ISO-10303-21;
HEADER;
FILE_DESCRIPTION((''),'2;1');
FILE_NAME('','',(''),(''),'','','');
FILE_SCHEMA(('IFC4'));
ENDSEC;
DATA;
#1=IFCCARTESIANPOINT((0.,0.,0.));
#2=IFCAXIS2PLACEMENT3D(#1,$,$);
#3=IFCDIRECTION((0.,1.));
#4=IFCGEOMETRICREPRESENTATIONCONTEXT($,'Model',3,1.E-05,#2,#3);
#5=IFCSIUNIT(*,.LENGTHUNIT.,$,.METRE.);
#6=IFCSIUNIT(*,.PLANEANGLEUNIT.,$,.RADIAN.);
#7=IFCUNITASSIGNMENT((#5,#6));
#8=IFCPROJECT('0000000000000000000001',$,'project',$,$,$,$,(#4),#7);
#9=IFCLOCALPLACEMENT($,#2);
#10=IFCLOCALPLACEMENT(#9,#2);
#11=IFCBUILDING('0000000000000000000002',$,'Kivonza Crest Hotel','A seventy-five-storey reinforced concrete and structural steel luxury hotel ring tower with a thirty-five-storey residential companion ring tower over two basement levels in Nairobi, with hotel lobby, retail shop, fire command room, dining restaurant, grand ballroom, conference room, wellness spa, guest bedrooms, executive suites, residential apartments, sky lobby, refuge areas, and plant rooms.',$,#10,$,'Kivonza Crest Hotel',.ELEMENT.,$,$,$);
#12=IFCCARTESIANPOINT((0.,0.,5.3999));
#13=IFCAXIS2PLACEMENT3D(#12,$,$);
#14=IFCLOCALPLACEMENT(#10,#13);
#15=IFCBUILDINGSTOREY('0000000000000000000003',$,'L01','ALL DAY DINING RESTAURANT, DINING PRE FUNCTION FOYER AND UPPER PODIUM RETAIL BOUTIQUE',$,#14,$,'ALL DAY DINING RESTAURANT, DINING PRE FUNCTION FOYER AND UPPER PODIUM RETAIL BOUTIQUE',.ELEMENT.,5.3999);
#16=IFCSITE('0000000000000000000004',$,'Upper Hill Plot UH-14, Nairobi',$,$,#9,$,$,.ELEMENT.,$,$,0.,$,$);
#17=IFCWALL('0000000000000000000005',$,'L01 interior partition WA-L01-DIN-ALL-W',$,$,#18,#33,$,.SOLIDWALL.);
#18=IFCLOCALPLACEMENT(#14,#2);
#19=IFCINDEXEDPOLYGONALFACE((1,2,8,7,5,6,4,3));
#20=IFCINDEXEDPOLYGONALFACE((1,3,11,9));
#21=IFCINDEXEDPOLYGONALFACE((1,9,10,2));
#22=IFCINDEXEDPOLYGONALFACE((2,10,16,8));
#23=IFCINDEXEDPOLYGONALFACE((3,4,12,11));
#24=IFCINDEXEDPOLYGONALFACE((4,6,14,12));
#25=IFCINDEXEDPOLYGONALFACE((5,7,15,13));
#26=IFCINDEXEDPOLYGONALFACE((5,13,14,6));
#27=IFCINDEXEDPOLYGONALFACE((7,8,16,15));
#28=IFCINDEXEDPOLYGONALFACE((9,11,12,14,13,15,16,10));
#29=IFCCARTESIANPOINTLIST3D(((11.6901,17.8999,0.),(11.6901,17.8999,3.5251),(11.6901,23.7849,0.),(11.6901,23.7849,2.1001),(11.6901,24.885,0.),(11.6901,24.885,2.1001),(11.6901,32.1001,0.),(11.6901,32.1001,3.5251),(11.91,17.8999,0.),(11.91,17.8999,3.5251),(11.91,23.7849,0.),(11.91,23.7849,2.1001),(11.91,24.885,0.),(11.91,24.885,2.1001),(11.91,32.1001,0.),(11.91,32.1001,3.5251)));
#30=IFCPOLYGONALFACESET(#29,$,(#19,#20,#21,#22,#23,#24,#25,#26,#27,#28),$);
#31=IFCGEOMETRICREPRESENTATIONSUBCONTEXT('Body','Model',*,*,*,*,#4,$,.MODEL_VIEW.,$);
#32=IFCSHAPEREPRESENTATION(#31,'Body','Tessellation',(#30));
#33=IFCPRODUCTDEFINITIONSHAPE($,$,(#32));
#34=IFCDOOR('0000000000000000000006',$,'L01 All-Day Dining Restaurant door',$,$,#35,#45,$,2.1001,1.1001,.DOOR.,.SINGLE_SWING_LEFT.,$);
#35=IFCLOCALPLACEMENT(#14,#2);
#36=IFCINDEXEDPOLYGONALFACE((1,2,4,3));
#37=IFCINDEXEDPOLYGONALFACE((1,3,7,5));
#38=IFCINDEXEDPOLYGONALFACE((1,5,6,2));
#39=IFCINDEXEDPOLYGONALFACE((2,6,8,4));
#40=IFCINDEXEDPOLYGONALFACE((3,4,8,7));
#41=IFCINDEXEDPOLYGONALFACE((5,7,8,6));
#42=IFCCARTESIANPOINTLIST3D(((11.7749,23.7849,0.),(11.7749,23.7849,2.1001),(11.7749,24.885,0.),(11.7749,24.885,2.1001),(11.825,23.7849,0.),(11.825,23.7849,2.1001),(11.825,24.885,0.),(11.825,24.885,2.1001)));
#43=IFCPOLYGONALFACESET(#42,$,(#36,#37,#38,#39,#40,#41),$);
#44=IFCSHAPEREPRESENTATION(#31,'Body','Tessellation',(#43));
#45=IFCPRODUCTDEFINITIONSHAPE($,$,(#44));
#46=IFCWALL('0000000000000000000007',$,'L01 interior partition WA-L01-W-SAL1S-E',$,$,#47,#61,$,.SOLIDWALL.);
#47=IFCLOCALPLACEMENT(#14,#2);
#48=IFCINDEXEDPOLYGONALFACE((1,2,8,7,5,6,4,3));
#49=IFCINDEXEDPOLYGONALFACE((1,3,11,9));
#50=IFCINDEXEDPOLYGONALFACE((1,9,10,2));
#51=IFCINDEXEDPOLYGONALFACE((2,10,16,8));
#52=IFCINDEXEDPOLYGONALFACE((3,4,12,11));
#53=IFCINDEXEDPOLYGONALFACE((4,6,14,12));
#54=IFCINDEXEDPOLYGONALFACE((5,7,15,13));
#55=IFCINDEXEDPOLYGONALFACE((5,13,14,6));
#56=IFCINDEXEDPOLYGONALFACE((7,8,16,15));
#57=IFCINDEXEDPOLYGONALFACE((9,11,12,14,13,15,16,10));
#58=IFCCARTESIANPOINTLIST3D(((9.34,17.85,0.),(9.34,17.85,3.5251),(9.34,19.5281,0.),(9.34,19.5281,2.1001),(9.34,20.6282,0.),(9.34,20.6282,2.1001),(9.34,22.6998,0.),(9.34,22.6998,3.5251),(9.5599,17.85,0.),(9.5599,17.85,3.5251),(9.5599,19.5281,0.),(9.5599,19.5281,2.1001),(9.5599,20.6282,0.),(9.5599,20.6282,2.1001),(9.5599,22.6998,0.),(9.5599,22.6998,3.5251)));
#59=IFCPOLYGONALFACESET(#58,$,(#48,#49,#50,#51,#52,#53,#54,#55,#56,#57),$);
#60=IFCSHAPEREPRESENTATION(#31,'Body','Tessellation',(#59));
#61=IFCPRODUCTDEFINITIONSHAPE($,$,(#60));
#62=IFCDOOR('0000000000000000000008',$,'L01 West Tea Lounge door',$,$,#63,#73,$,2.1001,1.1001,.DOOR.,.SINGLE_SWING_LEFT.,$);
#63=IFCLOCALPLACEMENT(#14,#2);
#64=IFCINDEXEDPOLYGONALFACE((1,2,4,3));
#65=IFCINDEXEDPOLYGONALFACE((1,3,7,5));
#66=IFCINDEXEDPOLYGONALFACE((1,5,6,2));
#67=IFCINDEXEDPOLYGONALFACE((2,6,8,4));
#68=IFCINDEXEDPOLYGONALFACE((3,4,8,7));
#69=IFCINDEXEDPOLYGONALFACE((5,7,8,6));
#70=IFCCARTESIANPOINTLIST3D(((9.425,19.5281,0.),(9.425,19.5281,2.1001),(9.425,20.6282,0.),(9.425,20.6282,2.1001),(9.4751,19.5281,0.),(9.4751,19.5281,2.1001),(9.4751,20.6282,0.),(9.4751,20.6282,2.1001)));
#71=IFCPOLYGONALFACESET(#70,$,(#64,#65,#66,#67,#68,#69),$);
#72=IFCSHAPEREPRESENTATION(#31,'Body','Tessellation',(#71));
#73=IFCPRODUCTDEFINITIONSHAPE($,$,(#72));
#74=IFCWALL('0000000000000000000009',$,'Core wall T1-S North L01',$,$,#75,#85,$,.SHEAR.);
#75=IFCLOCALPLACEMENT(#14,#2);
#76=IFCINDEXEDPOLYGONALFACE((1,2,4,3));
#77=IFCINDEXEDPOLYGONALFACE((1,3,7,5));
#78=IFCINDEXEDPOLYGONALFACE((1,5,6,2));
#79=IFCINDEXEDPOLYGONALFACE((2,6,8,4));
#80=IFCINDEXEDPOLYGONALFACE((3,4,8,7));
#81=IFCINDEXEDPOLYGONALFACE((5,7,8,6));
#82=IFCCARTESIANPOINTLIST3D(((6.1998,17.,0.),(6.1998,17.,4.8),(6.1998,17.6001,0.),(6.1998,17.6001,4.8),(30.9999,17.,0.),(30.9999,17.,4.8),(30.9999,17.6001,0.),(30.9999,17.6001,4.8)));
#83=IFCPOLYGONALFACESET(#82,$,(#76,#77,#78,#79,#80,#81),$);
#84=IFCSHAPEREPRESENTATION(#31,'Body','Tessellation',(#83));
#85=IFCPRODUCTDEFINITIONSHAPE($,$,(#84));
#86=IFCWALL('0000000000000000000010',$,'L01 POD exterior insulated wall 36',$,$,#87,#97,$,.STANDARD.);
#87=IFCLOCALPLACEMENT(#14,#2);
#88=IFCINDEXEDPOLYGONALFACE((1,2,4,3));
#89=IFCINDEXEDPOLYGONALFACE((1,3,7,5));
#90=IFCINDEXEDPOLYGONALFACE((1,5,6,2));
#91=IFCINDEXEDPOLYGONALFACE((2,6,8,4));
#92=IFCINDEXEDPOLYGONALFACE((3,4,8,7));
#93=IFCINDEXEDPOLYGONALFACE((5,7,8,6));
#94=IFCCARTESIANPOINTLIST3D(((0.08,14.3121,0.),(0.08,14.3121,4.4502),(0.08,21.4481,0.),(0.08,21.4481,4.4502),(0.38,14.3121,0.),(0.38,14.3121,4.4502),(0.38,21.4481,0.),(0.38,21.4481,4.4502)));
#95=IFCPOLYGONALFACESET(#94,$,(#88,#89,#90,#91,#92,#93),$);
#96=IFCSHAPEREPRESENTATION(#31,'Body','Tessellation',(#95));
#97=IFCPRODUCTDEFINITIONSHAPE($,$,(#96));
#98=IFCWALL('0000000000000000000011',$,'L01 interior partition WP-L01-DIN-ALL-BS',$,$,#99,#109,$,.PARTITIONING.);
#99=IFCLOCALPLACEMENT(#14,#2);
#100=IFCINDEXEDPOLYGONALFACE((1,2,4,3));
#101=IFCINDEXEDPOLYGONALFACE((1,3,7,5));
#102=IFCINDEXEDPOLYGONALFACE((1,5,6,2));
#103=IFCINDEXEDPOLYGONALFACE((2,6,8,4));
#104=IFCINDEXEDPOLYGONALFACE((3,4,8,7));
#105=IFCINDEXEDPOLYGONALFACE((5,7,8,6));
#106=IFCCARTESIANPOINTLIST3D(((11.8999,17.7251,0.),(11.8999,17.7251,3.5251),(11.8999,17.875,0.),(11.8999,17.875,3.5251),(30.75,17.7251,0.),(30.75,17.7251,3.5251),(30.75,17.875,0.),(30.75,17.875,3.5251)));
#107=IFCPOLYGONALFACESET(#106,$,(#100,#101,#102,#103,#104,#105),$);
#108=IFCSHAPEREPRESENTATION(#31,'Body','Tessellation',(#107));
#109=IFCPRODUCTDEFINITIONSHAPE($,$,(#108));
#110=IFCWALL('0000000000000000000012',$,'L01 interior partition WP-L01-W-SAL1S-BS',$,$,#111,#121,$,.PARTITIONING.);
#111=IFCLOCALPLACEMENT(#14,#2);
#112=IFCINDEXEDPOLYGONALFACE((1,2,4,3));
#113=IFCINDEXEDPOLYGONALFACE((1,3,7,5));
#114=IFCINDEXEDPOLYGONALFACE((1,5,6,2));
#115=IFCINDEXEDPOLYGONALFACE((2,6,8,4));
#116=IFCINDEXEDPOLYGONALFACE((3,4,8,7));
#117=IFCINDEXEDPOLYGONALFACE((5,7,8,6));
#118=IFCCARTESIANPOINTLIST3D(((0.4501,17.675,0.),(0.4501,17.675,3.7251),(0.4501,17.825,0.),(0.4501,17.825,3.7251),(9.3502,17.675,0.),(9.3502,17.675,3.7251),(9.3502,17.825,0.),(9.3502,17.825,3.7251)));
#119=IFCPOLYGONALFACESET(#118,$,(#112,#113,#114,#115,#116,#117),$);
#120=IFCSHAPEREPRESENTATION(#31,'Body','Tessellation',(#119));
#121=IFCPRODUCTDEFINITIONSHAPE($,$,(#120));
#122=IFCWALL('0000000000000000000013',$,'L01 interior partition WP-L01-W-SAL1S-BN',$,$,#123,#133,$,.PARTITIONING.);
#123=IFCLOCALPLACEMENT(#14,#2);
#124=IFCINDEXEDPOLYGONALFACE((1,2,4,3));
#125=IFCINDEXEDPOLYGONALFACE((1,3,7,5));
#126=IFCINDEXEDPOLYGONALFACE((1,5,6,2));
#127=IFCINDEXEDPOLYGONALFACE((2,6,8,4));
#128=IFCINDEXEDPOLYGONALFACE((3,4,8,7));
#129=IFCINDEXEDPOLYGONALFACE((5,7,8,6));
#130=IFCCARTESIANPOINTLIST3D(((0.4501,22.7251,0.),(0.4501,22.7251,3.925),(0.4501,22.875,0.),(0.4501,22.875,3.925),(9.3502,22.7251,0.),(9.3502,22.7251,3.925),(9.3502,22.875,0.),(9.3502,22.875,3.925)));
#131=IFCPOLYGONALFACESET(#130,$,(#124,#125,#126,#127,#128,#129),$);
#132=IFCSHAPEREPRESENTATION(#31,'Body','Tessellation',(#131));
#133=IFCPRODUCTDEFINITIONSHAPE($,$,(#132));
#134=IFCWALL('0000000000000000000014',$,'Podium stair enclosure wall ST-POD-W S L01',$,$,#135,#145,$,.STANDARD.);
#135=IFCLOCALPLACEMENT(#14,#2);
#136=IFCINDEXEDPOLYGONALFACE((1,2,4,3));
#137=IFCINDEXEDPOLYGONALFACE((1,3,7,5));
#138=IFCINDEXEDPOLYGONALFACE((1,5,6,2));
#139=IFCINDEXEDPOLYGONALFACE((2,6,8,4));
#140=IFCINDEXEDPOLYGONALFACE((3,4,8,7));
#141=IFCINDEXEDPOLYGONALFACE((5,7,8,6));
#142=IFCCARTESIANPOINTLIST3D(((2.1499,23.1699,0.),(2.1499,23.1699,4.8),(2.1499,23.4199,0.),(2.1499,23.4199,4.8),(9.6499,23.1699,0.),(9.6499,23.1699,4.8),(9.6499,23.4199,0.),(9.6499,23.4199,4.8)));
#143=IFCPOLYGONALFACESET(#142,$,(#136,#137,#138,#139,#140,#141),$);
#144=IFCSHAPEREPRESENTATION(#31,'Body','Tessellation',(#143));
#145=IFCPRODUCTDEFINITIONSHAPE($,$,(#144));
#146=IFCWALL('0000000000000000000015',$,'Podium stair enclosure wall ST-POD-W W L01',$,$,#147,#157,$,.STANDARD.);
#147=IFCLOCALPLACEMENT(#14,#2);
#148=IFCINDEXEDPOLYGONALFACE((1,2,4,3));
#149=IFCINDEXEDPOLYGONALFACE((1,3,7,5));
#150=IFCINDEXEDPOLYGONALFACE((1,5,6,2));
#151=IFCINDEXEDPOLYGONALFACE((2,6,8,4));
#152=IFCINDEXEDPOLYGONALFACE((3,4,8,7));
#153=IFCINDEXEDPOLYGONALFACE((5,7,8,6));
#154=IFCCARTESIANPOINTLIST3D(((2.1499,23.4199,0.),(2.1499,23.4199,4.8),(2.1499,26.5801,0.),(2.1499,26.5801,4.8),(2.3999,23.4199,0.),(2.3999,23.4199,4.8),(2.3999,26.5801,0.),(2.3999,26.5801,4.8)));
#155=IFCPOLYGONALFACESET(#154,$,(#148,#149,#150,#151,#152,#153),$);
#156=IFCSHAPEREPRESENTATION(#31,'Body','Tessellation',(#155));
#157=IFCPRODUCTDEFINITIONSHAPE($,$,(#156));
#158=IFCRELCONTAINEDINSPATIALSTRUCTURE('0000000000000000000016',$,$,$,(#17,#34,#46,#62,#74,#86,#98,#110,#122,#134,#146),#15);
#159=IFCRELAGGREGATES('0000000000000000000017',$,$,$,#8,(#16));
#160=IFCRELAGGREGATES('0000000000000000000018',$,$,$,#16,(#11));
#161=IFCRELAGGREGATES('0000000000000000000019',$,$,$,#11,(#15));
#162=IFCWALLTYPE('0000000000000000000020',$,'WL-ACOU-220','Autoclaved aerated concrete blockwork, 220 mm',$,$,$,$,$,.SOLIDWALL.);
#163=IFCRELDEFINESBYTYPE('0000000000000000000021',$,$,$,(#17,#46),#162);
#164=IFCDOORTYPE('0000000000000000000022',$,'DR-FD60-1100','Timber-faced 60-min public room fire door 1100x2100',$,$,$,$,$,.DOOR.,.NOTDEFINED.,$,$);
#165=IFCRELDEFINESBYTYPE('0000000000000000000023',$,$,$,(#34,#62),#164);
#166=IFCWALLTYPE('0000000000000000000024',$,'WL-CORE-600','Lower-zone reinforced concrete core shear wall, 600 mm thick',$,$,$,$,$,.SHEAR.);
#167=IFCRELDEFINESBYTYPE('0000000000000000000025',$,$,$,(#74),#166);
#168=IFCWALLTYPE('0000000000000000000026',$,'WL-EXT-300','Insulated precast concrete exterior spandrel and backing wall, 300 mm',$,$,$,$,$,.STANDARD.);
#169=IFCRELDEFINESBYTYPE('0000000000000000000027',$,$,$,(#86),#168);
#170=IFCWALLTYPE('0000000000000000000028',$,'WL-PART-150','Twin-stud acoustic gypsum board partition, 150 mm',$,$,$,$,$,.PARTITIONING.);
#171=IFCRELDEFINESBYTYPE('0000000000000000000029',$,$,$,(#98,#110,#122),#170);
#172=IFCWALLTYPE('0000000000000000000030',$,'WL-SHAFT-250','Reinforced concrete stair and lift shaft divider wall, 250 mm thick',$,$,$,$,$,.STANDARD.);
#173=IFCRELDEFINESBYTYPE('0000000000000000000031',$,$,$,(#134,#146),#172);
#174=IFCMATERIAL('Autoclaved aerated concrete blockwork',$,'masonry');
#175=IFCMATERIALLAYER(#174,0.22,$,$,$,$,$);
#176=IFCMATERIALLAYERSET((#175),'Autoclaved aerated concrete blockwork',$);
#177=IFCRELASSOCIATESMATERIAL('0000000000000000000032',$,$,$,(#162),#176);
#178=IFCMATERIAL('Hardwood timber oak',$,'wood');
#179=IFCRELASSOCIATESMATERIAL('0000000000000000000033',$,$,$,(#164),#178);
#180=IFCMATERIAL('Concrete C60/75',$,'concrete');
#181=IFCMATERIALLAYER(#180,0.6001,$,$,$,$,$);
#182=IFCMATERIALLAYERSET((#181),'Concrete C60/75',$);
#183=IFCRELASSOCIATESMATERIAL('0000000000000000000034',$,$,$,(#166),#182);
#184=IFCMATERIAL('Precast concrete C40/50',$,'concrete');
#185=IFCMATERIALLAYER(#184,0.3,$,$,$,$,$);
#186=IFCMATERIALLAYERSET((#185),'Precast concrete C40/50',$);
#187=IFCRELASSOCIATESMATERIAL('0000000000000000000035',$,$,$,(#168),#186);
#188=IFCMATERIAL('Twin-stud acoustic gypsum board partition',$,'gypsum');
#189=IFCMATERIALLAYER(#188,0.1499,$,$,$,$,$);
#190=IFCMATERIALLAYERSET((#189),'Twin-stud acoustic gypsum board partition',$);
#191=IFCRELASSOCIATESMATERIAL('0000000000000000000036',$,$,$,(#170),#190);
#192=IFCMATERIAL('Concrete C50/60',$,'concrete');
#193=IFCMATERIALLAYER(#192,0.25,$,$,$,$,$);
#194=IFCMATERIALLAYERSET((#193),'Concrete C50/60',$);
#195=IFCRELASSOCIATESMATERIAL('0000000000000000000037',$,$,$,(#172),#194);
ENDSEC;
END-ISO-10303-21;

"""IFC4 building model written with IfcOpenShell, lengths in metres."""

from ifc_helpers import new_model, si_unit, direction, frame, frame_2d, origin, place, context, subcontext, project, spatial, rectangle, extrude, material, layer, layer_set, type_object, element, fill, save


model = new_model("IFC4")

# Units and contexts
model_context = context("Model", 3, precision=1e-05, world=origin(), true_north=direction((0.0, 1.0)))
body_context = subcontext(model_context, "Body", "Model", "MODEL_VIEW")
ifc_project = project(units=[si_unit("LENGTHUNIT", "METRE"), si_unit("PLANEANGLEUNIT", "RADIAN")], contexts=[model_context])

# Site, building, storey
site_placement = place(None, origin())
site = spatial("IfcSite", under=ifc_project, at=site_placement, Name="Upper Hill Plot UH-14, Nairobi", CompositionType="ELEMENT", RefElevation=0.0)
building_placement = place(site_placement, origin())
building = spatial("IfcBuilding", under=site, at=building_placement, Name="Kivonza Crest Hotel", Description="A seventy-five-storey reinforced concrete and structural steel luxury hotel ring tower with a thirty-five-storey residential companion ring tower over two basement levels in Nairobi, with hotel lobby, retail shop, fire command room, dining restaurant, grand ballroom, conference room, wellness spa, guest bedrooms, executive suites, residential apartments, sky lobby, refuge areas, and plant rooms.", LongName="Kivonza Crest Hotel", CompositionType="ELEMENT")
storey_placement = place(building_placement, frame((0.0, 0.0, 5.3999)))
storey = spatial("IfcBuildingStorey", under=building, at=storey_placement, Name="L01", Description="ALL DAY DINING RESTAURANT, DINING PRE FUNCTION FOYER AND UPPER PODIUM RETAIL BOUTIQUE", LongName="ALL DAY DINING RESTAURANT, DINING PRE FUNCTION FOYER AND UPPER PODIUM RETAIL BOUTIQUE", CompositionType="ELEMENT", Elevation=5.3999)

# Shared definitions
ifc_material_1 = material(Name="Concrete C60/75", Category="concrete")

# Walls, openings, doors
ifc_material_2 = material(Name="Autoclaved aerated concrete blockwork", Category="masonry")
ifc_layer_1 = layer(ifc_material_2, 0.22)
ifc_layer_set_1 = layer_set([ifc_layer_1], Name="Autoclaved aerated concrete blockwork")
wall_type_1 = type_object("IfcWallType", Name="WL-ACOU-220", Description="Autoclaved aerated concrete blockwork, 220 mm", PredefinedType="SOLIDWALL", material=ifc_layer_set_1)
wall_1_placement = place(storey_placement, frame((11.8, 17.8999, 0.0), z_axis=(0.0, 0.0, 1.0), x_axis=(0.0, 1.0, 0.0)))
wall_1 = element("IfcWall", 1, at=wall_1_placement, inside=storey, type_object=wall_type_1, Name="L01 interior partition WA-L01-DIN-ALL-W", PredefinedType="SOLIDWALL", context=body_context, shape_type="SweptSolid", body=[
    extrude(rectangle(XDim=14.2002, YDim=0.22, at=frame_2d((7.1001, 0.0))), origin(), (0.0, 0.0, 1.0), 3.5251),
])
opening_1_placement = place(wall_1_placement, frame((5.885, 0.0, 0.0)))
opening_1 = element("IfcOpeningElement", 2, at=opening_1_placement, cuts=wall_1, PredefinedType="OPENING", context=body_context, shape_type="SweptSolid", body=[
    extrude(rectangle(XDim=1.1001, YDim=2.1001, at=frame_2d((0.55, 1.05))), frame((0.0, 0.1201, 0.0), z_axis=(0.0, -1.0, 0.0), x_axis=(1.0, 0.0, 0.0)), (0.0, 0.0, 1.0), 0.24),
])
ifc_material_3 = material(Name="Hardwood timber oak", Category="wood")
door_type_1 = type_object("IfcDoorType", Name="DR-FD60-1100", Description="Timber-faced 60-min public room fire door 1100x2100", OperationType="NOTDEFINED", PredefinedType="DOOR", material=ifc_material_3)
door_1_placement = place(opening_1_placement, frame((1.1001, 0.0, 0.0), z_axis=(0.0, 0.0, 1.0), x_axis=(-1.0, 0.0, 0.0)))
door_1 = element("IfcDoor", 3, at=door_1_placement, inside=storey, type_object=door_type_1, Name="L01 All-Day Dining Restaurant door", OperationType="SINGLE_SWING_LEFT", OverallHeight=2.1001, OverallWidth=1.1001, PredefinedType="DOOR", context=body_context, shape_type="SweptSolid", body=[
    extrude(rectangle(XDim=1.1001, YDim=2.1001, at=frame_2d((0.55, 1.05))), frame((0.0, 0.0249, 0.0), z_axis=(0.0, -1.0, 0.0), x_axis=(1.0, 0.0, 0.0)), (0.0, 0.0, 1.0), 0.05),
])
fill(opening_1, door_1)
wall_2_placement = place(storey_placement, frame((9.45, 17.8501, 0.0), z_axis=(0.0, 0.0, 1.0), x_axis=(0.0, 1.0, 0.0)))
wall_2 = element("IfcWall", 4, at=wall_2_placement, inside=storey, type_object=wall_type_1, Name="L01 interior partition WA-L01-W-SAL1S-E", PredefinedType="SOLIDWALL", context=body_context, shape_type="SweptSolid", body=[
    extrude(rectangle(XDim=4.8499, YDim=0.22, at=frame_2d((2.4248, 0.0))), origin(), (0.0, 0.0, 1.0), 3.5251),
])
opening_2_placement = place(wall_2_placement, frame((1.678, 0.0, 0.0)))
opening_2 = element("IfcOpeningElement", 5, at=opening_2_placement, cuts=wall_2, PredefinedType="OPENING", context=body_context, shape_type="SweptSolid", body=[
    extrude(rectangle(XDim=1.1001, YDim=2.1001, at=frame_2d((0.55, 1.05))), frame((0.0, 0.1201, 0.0), z_axis=(0.0, -1.0, 0.0), x_axis=(1.0, 0.0, 0.0)), (0.0, 0.0, 1.0), 0.24),
])
door_2_placement = place(opening_2_placement, origin())
door_2 = element("IfcDoor", 6, at=door_2_placement, inside=storey, type_object=door_type_1, Name="L01 West Tea Lounge door", OperationType="SINGLE_SWING_LEFT", OverallHeight=2.1001, OverallWidth=1.1001, PredefinedType="DOOR", context=body_context, shape_type="SweptSolid", body=[
    extrude(rectangle(XDim=1.1001, YDim=2.1001, at=frame_2d((0.55, 1.05))), frame((0.0, 0.0249, 0.0), z_axis=(0.0, -1.0, 0.0), x_axis=(1.0, 0.0, 0.0)), (0.0, 0.0, 1.0), 0.05),
])
fill(opening_2, door_2)

# Walls
ifc_layer_2 = layer(ifc_material_1, 0.6001)
ifc_layer_set_2 = layer_set([ifc_layer_2], Name="Concrete C60/75")
wall_type_2 = type_object("IfcWallType", Name="WL-CORE-600", Description="Lower-zone reinforced concrete core shear wall, 600 mm thick", PredefinedType="SHEAR", material=ifc_layer_set_2)
wall_3_placement = place(storey_placement, frame((6.2, 17.3, 0.0), z_axis=(0.0, 0.0, 1.0), x_axis=(1.0, 0.0, 0.0)))
element("IfcWall", 7, at=wall_3_placement, inside=storey, type_object=wall_type_2, Name="Core wall T1-S North L01", PredefinedType="SHEAR", context=body_context, shape_type="SweptSolid", body=[
    extrude(rectangle(XDim=24.8, YDim=0.6001, at=frame_2d((12.3999, 0.0))), origin(), (0.0, 0.0, 1.0), 4.8),
])
ifc_material_4 = material(Name="Precast concrete C40/50", Category="concrete")
ifc_layer_3 = layer(ifc_material_4, 0.3)
ifc_layer_set_3 = layer_set([ifc_layer_3], Name="Precast concrete C40/50")
wall_type_3 = type_object("IfcWallType", Name="WL-EXT-300", Description="Insulated precast concrete exterior spandrel and backing wall, 300 mm", PredefinedType="STANDARD", material=ifc_layer_set_3)
wall_4_placement = place(storey_placement, frame((0.23, 21.448, 0.0), z_axis=(0.0, 0.0, 1.0), x_axis=(0.0, -1.0, 0.0)))
element("IfcWall", 8, at=wall_4_placement, inside=storey, type_object=wall_type_3, Name="L01 POD exterior insulated wall 36", PredefinedType="STANDARD", context=body_context, shape_type="SweptSolid", body=[
    extrude(rectangle(XDim=7.136, YDim=0.3, at=frame_2d((3.5679, 0.0))), origin(), (0.0, 0.0, 1.0), 4.4502),
])
ifc_material_5 = material(Name="Twin-stud acoustic gypsum board partition", Category="gypsum")
ifc_layer_4 = layer(ifc_material_5, 0.1499)
ifc_layer_set_4 = layer_set([ifc_layer_4], Name="Twin-stud acoustic gypsum board partition")
wall_type_4 = type_object("IfcWallType", Name="WL-PART-150", Description="Twin-stud acoustic gypsum board partition, 150 mm", PredefinedType="PARTITIONING", material=ifc_layer_set_4)
wall_5_placement = place(storey_placement, frame((11.8999, 17.8, 0.0), z_axis=(0.0, 0.0, 1.0), x_axis=(1.0, 0.0, 0.0)))
element("IfcWall", 9, at=wall_5_placement, inside=storey, type_object=wall_type_4, Name="L01 interior partition WP-L01-DIN-ALL-BS", PredefinedType="PARTITIONING", context=body_context, shape_type="SweptSolid", body=[
    extrude(rectangle(XDim=18.8501, YDim=0.1499, at=frame_2d((9.425, 0.0))), origin(), (0.0, 0.0, 1.0), 3.5251),
])
wall_6_placement = place(storey_placement, frame((0.45, 17.75, 0.0), z_axis=(0.0, 0.0, 1.0), x_axis=(1.0, 0.0, 0.0)))
element("IfcWall", 10, at=wall_6_placement, inside=storey, type_object=wall_type_4, Name="L01 interior partition WP-L01-W-SAL1S-BS", PredefinedType="PARTITIONING", context=body_context, shape_type="SweptSolid", body=[
    extrude(rectangle(XDim=8.9001, YDim=0.1499, at=frame_2d((4.4502, 0.0))), origin(), (0.0, 0.0, 1.0), 3.7251),
])
wall_7_placement = place(storey_placement, frame((0.45, 22.8, 0.0), z_axis=(0.0, 0.0, 1.0), x_axis=(1.0, 0.0, 0.0)))
element("IfcWall", 11, at=wall_7_placement, inside=storey, type_object=wall_type_4, Name="L01 interior partition WP-L01-W-SAL1S-BN", PredefinedType="PARTITIONING", context=body_context, shape_type="SweptSolid", body=[
    extrude(rectangle(XDim=8.9001, YDim=0.1499, at=frame_2d((4.4502, 0.0))), origin(), (0.0, 0.0, 1.0), 3.925),
])
ifc_material_6 = material(Name="Concrete C50/60", Category="concrete")
ifc_layer_5 = layer(ifc_material_6, 0.25)
ifc_layer_set_5 = layer_set([ifc_layer_5], Name="Concrete C50/60")
wall_type_5 = type_object("IfcWallType", Name="WL-SHAFT-250", Description="Reinforced concrete stair and lift shaft divider wall, 250 mm thick", PredefinedType="STANDARD", material=ifc_layer_set_5)
wall_8_placement = place(storey_placement, frame((2.1499, 23.2949, 0.0), z_axis=(0.0, 0.0, 1.0), x_axis=(1.0, 0.0, 0.0)))
element("IfcWall", 12, at=wall_8_placement, inside=storey, type_object=wall_type_5, Name="Podium stair enclosure wall ST-POD-W S L01", PredefinedType="STANDARD", context=body_context, shape_type="SweptSolid", body=[
    extrude(rectangle(XDim=7.5, YDim=0.25, at=frame_2d((3.75, 0.0))), origin(), (0.0, 0.0, 1.0), 4.8),
])
wall_9_placement = place(storey_placement, frame((2.2749, 23.4199, 0.0), z_axis=(0.0, 0.0, 1.0), x_axis=(0.0, 1.0, 0.0)))
element("IfcWall", 13, at=wall_9_placement, inside=storey, type_object=wall_type_5, Name="Podium stair enclosure wall ST-POD-W W L01", PredefinedType="STANDARD", context=body_context, shape_type="SweptSolid", body=[
    extrude(rectangle(XDim=3.1602, YDim=0.25, at=frame_2d((1.5801, 0.0))), origin(), (0.0, 0.0, 1.0), 4.8),
])

save(model, "model.ifc")
